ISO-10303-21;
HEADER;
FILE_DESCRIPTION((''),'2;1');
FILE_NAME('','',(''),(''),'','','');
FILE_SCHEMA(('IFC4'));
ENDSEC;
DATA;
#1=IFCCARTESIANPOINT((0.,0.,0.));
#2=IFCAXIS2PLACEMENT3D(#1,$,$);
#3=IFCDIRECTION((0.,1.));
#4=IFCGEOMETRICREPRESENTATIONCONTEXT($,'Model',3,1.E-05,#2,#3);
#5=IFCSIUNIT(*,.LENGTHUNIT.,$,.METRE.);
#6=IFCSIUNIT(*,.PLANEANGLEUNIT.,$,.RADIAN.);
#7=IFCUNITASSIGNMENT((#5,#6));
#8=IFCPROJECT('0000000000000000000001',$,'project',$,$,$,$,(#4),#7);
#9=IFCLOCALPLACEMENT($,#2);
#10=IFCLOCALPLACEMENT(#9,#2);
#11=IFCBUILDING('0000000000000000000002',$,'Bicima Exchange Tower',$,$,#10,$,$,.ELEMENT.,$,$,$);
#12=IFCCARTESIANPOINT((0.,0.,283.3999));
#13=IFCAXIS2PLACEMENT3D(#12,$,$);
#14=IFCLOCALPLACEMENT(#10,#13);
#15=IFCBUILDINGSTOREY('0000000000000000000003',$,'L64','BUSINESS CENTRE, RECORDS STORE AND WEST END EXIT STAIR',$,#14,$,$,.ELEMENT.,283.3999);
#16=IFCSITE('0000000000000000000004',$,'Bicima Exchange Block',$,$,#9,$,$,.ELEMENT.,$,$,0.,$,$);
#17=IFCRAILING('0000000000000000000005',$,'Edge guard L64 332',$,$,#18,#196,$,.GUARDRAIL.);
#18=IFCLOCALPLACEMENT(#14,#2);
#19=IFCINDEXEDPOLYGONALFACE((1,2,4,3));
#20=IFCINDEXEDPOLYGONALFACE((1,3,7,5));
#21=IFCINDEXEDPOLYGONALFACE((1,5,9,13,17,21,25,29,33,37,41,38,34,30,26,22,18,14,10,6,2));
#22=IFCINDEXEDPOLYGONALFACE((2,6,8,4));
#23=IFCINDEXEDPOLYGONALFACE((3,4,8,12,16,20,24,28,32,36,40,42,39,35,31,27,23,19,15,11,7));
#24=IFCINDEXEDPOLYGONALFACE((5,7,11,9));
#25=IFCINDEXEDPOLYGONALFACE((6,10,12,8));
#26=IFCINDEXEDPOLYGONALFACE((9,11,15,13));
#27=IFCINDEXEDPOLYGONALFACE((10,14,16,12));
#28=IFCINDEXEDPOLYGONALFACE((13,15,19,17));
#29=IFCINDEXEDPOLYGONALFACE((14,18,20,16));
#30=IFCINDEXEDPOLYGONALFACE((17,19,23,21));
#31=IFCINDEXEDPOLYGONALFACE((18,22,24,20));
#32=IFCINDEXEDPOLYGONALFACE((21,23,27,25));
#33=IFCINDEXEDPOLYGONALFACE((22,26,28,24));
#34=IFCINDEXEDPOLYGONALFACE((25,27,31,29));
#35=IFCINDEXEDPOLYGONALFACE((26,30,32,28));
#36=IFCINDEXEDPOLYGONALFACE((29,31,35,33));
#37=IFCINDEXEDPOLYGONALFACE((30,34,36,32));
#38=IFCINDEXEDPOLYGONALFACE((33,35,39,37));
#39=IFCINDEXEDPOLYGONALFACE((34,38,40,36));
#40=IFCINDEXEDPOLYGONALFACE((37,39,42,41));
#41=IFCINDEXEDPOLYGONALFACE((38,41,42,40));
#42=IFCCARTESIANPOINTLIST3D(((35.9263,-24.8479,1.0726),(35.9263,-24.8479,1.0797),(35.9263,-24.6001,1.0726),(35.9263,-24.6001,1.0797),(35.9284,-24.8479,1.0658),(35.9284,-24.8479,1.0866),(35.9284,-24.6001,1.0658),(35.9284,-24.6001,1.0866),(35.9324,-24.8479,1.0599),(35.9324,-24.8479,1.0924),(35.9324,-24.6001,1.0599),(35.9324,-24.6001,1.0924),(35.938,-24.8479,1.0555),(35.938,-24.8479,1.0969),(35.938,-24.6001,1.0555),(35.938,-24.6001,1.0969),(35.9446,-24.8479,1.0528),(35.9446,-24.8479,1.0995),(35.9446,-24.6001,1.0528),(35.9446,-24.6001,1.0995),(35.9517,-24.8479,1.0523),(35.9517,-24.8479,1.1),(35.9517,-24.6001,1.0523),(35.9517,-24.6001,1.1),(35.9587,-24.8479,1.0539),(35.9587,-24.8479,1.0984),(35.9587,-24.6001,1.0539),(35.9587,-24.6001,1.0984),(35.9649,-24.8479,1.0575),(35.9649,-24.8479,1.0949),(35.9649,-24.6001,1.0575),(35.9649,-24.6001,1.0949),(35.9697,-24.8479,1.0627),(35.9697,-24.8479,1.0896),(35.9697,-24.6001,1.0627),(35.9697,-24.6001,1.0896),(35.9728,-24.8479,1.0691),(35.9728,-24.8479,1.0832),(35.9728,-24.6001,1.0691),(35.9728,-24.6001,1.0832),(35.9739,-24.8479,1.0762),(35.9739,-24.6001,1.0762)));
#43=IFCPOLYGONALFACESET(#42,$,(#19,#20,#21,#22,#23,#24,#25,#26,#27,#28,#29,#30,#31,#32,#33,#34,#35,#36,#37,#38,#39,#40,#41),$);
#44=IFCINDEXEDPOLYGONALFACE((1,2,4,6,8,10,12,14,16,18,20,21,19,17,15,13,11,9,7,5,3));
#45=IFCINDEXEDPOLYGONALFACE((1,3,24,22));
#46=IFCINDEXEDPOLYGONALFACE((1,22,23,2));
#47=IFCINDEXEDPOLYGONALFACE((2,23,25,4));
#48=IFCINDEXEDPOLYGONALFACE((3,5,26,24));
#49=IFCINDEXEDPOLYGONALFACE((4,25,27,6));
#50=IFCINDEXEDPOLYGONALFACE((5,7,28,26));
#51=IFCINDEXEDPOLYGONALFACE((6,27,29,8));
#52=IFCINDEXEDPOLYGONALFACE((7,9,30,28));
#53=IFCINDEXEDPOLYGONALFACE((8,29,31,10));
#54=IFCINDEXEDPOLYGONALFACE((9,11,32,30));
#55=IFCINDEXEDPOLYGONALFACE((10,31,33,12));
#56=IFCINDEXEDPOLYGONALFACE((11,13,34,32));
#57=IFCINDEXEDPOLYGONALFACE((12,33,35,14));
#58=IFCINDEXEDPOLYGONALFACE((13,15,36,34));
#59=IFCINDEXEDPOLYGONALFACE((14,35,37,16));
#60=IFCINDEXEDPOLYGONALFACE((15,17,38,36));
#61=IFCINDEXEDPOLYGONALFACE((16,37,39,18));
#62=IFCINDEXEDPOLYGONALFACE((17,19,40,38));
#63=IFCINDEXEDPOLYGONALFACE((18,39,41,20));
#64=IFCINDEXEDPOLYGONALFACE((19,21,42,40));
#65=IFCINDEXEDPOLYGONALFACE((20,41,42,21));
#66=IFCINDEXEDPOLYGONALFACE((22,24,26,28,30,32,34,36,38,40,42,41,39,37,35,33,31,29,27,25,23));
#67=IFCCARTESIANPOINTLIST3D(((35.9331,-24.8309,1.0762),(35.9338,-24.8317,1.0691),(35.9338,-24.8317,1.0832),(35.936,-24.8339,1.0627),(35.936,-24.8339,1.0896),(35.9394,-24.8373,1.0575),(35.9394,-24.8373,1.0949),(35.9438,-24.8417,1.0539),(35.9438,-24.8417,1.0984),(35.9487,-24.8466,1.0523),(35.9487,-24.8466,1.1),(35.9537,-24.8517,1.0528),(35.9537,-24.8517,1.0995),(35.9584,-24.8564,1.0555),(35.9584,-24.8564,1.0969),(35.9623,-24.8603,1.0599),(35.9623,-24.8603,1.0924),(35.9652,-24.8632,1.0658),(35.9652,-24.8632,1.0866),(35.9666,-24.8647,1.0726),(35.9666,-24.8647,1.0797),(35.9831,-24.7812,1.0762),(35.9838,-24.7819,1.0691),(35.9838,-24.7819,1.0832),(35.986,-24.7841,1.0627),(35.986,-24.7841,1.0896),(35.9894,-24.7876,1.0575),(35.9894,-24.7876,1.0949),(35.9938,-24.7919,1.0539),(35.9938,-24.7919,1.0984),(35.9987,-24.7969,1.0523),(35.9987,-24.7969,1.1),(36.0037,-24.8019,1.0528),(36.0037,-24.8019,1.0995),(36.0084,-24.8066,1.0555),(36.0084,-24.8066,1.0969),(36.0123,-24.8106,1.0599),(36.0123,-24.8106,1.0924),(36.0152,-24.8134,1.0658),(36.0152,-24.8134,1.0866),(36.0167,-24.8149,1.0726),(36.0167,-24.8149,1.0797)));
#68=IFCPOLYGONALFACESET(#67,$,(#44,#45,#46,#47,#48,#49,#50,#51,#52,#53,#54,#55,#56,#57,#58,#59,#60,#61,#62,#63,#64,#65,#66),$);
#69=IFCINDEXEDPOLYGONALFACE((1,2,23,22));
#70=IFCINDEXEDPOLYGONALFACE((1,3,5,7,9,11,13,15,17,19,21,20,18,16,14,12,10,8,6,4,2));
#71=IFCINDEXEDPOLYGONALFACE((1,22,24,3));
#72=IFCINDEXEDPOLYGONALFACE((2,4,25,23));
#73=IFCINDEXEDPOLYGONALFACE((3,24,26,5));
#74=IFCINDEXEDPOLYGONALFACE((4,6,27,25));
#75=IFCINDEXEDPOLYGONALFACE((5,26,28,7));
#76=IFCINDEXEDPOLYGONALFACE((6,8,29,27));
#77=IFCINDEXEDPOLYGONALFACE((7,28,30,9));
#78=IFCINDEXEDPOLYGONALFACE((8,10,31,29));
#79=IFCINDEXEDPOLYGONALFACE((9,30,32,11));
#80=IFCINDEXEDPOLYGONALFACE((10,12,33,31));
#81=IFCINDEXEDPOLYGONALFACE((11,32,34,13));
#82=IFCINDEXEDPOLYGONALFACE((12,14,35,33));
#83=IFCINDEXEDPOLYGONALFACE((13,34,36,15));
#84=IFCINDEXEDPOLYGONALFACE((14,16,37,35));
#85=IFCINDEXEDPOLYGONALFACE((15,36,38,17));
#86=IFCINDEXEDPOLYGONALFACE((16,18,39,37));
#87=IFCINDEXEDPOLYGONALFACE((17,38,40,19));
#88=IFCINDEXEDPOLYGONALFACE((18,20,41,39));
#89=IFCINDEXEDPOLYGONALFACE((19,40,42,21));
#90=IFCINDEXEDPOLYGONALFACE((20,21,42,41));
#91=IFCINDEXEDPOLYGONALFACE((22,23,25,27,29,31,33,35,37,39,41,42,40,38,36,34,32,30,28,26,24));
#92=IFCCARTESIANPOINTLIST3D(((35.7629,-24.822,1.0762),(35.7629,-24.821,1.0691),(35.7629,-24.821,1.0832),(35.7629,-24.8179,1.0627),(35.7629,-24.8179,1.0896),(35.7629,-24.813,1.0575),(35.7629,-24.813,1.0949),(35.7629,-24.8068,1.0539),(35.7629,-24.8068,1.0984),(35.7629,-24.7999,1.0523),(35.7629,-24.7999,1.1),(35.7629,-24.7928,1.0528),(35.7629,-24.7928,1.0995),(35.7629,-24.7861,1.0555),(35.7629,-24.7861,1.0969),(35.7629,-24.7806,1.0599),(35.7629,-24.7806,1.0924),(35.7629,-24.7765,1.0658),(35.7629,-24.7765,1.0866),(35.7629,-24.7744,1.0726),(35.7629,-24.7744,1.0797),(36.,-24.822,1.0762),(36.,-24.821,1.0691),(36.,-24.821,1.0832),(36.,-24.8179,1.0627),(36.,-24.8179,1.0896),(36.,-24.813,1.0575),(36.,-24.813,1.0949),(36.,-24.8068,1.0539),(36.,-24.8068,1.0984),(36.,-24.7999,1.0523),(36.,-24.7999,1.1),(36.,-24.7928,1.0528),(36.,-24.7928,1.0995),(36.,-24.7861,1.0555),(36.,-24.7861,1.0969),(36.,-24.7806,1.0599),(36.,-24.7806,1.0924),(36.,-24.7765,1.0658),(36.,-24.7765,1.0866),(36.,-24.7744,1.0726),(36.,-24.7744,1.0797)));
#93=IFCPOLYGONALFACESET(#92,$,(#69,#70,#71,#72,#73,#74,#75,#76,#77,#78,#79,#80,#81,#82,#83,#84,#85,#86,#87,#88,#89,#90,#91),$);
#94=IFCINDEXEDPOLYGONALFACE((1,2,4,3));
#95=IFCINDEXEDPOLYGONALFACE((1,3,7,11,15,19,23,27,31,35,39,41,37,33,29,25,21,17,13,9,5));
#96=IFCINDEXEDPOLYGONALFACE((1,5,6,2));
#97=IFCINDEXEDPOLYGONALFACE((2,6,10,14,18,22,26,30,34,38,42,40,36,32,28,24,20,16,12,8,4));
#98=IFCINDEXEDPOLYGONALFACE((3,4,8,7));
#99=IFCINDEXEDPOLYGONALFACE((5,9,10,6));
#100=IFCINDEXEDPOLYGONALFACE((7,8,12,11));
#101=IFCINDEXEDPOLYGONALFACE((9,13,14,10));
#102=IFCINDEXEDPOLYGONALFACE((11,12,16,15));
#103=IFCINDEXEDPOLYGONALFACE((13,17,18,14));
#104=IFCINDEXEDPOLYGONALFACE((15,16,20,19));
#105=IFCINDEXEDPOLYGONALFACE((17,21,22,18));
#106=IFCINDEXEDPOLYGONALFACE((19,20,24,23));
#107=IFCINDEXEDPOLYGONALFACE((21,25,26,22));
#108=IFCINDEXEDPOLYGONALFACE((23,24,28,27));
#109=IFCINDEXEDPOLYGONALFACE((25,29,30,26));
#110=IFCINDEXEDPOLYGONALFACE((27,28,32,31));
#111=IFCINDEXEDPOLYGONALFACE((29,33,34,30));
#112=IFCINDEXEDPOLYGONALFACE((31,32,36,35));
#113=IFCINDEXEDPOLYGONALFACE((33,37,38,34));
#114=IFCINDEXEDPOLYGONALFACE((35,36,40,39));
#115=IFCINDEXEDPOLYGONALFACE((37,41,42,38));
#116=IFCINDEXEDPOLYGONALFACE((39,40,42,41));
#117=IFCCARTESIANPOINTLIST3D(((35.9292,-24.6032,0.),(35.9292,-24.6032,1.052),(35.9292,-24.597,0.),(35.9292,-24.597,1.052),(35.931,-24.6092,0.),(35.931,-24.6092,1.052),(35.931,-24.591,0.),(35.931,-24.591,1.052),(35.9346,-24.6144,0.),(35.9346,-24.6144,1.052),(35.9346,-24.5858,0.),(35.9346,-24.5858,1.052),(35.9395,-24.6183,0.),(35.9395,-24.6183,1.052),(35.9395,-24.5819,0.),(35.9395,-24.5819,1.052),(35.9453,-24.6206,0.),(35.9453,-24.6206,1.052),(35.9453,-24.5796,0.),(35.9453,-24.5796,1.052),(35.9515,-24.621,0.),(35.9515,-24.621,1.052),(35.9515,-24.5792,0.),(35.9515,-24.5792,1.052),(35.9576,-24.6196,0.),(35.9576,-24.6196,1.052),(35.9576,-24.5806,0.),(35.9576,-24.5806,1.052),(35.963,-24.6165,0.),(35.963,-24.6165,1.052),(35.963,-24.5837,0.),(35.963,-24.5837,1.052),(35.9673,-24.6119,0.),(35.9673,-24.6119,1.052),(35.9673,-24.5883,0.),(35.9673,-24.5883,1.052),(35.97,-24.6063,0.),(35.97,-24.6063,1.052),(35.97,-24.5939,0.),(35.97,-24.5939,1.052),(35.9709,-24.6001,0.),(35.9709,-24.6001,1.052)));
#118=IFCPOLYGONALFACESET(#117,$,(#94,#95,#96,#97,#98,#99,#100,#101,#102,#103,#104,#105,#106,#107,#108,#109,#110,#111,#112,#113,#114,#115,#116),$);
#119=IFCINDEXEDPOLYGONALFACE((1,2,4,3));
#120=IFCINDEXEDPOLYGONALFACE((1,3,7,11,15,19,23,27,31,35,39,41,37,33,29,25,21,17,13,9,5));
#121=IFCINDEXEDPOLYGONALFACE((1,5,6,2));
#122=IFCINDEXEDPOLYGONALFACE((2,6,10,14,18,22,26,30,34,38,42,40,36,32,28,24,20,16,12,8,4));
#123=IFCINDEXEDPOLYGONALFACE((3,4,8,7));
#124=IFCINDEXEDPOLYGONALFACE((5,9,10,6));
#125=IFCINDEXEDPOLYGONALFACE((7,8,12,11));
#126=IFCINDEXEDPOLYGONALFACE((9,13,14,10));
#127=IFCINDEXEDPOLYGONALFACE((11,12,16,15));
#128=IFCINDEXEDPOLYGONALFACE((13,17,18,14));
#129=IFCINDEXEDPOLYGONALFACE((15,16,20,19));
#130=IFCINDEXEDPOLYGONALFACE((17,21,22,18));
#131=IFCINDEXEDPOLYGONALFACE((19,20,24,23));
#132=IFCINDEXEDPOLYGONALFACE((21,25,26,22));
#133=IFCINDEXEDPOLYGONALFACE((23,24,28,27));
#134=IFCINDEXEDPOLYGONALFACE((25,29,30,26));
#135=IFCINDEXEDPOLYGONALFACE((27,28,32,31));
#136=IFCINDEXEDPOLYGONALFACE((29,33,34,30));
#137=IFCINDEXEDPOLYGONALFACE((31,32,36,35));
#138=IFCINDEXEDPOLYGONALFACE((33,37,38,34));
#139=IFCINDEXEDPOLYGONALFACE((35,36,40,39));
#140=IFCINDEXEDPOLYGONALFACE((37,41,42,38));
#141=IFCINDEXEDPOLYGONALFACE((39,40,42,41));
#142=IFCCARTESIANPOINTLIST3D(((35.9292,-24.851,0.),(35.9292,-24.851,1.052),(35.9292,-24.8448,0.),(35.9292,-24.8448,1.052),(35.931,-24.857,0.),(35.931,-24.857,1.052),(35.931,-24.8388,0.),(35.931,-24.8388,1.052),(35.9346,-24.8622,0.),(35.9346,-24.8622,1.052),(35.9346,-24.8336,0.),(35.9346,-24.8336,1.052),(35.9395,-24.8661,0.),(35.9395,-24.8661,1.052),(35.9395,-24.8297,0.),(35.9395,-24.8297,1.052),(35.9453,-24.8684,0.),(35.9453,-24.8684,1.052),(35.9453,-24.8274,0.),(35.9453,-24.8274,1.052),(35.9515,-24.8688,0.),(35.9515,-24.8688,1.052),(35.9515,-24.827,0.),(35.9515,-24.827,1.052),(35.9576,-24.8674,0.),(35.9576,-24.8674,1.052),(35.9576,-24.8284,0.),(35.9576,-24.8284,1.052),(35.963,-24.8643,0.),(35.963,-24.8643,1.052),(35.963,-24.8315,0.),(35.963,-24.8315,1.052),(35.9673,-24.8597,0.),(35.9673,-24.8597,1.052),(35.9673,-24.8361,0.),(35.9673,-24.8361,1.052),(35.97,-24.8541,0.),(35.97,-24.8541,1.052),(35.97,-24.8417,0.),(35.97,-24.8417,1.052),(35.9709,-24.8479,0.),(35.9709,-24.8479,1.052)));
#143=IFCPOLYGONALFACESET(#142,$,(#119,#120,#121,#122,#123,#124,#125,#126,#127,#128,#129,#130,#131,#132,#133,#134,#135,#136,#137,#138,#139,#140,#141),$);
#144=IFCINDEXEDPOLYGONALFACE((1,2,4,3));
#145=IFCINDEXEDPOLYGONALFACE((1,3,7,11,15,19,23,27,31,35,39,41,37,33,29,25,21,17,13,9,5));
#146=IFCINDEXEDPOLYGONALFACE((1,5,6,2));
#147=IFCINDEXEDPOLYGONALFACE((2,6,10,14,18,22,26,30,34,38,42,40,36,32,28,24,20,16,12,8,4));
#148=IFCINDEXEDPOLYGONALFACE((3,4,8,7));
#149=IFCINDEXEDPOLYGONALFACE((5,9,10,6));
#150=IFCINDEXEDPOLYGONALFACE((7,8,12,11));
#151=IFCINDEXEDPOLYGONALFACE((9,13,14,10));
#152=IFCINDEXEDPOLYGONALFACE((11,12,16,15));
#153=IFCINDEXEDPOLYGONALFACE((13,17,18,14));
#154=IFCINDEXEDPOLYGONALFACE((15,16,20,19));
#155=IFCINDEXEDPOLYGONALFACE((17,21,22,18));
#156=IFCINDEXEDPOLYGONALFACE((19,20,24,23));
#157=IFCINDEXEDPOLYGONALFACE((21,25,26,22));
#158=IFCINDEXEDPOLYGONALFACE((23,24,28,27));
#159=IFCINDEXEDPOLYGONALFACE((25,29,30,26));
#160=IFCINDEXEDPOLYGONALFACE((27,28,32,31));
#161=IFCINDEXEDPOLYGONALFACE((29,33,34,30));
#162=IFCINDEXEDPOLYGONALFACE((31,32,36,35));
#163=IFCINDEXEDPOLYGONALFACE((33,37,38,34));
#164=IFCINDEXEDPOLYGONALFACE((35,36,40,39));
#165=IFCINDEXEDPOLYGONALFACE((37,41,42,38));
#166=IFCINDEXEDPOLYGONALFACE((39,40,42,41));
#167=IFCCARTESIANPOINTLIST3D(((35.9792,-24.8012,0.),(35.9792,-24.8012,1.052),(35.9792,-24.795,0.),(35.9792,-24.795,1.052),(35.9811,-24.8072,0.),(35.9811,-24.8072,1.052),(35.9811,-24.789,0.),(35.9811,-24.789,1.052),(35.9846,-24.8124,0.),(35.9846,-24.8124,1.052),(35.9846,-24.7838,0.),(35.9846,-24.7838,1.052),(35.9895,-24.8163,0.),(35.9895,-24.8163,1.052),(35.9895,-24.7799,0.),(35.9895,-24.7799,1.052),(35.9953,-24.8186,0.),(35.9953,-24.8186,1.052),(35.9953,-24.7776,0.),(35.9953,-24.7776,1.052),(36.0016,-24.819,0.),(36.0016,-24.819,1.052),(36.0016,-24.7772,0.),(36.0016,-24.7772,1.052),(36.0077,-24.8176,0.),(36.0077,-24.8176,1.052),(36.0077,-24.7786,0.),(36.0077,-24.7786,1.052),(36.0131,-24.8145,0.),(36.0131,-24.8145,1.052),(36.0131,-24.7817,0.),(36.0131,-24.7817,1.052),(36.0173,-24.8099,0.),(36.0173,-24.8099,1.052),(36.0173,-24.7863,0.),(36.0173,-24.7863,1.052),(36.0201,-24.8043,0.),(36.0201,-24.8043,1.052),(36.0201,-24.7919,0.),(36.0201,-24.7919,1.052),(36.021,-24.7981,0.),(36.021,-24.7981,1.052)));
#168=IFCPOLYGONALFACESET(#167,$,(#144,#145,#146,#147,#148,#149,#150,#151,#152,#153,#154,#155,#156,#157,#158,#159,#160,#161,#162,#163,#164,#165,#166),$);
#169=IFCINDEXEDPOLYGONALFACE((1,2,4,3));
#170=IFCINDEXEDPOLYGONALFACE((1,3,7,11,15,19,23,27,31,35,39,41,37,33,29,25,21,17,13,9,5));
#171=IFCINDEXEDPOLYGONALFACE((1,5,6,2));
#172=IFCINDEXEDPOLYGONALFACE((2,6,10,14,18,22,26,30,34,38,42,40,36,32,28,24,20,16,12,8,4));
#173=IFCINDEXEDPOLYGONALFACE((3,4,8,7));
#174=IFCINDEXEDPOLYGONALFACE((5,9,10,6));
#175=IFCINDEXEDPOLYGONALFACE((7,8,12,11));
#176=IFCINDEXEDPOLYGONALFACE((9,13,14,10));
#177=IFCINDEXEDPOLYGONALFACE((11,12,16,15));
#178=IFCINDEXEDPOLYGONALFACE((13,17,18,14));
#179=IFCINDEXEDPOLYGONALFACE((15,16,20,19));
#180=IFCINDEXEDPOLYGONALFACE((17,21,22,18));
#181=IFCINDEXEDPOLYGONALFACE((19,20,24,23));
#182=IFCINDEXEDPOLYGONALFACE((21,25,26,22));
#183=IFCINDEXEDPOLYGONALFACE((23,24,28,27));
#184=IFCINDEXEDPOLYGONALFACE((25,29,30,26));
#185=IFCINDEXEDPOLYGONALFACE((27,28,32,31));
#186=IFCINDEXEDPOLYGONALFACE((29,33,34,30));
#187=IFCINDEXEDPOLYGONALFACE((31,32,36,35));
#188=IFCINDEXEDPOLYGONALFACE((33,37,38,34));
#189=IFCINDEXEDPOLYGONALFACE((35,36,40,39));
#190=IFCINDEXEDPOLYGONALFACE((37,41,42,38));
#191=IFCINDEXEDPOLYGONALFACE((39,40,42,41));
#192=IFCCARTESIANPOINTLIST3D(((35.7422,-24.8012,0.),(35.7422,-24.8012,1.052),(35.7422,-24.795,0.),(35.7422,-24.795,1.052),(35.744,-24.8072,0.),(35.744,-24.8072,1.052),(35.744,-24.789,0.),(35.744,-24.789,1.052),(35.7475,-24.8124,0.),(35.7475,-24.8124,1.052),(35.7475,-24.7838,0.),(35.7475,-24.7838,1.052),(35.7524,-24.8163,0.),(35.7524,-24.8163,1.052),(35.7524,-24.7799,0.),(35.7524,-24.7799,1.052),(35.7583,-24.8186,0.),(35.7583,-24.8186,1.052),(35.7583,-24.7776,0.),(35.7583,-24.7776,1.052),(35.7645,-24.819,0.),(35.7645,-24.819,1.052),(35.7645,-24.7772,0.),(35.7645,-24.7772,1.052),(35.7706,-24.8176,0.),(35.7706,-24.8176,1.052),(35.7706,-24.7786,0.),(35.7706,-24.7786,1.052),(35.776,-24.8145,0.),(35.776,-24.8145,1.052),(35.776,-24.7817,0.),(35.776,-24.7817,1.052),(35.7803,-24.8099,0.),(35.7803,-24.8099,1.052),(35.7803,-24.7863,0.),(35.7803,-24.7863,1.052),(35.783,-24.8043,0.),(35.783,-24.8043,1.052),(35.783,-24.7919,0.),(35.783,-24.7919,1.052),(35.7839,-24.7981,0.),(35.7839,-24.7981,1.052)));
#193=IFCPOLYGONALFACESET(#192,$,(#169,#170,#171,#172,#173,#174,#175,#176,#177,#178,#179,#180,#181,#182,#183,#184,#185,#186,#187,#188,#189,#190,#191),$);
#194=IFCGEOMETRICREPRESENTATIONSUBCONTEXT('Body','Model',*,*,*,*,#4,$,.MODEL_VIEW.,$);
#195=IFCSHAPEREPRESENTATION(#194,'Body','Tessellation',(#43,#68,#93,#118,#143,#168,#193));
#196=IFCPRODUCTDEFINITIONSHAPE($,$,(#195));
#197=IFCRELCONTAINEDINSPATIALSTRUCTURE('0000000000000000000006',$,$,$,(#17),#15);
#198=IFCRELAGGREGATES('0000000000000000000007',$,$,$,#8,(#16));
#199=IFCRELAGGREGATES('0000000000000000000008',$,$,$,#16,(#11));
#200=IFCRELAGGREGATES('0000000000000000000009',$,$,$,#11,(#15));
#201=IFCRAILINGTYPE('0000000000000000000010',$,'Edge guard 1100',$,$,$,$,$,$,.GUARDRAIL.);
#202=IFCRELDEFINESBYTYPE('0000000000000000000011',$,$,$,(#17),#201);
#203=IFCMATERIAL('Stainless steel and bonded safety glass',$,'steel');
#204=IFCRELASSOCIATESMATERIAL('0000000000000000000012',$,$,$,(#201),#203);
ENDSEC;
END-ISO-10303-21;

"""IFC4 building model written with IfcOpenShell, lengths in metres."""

from ifc_helpers import new_model, si_unit, direction, frame, origin, origin_2d, place, context, subcontext, project, spatial, circle, extrude, material, type_object, element, save


model = new_model("IFC4")

# Units and contexts
model_context = context("Model", 3, precision=1e-05, world=origin(), true_north=direction((0.0, 1.0)))
body_context = subcontext(model_context, "Body", "Model", "MODEL_VIEW")
ifc_project = project(units=[si_unit("LENGTHUNIT", "METRE"), si_unit("PLANEANGLEUNIT", "RADIAN")], contexts=[model_context])

# Site, building, storey
site_placement = place(None, origin())
site = spatial("IfcSite", under=ifc_project, at=site_placement, Name="Bicima Exchange Block", CompositionType="ELEMENT", RefElevation=0.0)
building_placement = place(site_placement, origin())
building = spatial("IfcBuilding", under=site, at=building_placement, Name="Bicima Exchange Tower", CompositionType="ELEMENT")
storey_placement = place(building_placement, frame((0.0, 0.0, 283.3999)))
storey = spatial("IfcBuildingStorey", under=building, at=storey_placement, Name="L64", Description="BUSINESS CENTRE, RECORDS STORE AND WEST END EXIT STAIR", CompositionType="ELEMENT", Elevation=283.3999)

# Railing
ifc_material_1 = material(Name="Stainless steel and bonded safety glass", Category="steel")
railing_type = type_object("IfcRailingType", Name="Edge guard 1100", PredefinedType="GUARDRAIL", material=ifc_material_1)
railing_1_placement = place(storey_placement, frame((35.95, -24.6001, 0.0)))
element("IfcRailing", 1, at=railing_1_placement, inside=storey, type_object=railing_type, Name="Edge guard L64 332", PredefinedType="GUARDRAIL", context=body_context, shape_type="SweptSolid", body=[
    extrude(circle(Radius=0.0239, at=origin_2d()), frame((0.0, 0.0, 1.0762), z_axis=(0.0, -1.0, 0.0), x_axis=(1.0, 0.0, 0.0)), (0.0, 0.0, 1.0), 0.2478),
    extrude(circle(Radius=0.0239, at=origin_2d()), frame((0.0, -0.2478, 1.0762), z_axis=(0.708834, 0.705376, 0.0), x_axis=(-0.705376, 0.708834, 0.0)), (0.0, 0.0, 1.0), 0.0706),
    extrude(circle(Radius=0.0239, at=origin_2d()), frame((0.05, -0.198, 1.0762), z_axis=(-1.0, 0.0, 0.0), x_axis=(0.0, -1.0, 0.0)), (0.0, 0.0, 1.0), 0.2371),
    extrude(circle(Radius=0.021, at=origin_2d()), origin(), (0.0, 0.0, 1.0), 1.052),
    extrude(circle(Radius=0.021, at=origin_2d()), frame((0.0, -0.2478, 0.0)), (0.0, 0.0, 1.0), 1.052),
    extrude(circle(Radius=0.021, at=origin_2d()), frame((0.05, -0.198, 0.0)), (0.0, 0.0, 1.0), 1.052),
    extrude(circle(Radius=0.021, at=origin_2d()), frame((-0.187, -0.198, 0.0)), (0.0, 0.0, 1.0), 1.052),
])

save(model, "model.ifc")
